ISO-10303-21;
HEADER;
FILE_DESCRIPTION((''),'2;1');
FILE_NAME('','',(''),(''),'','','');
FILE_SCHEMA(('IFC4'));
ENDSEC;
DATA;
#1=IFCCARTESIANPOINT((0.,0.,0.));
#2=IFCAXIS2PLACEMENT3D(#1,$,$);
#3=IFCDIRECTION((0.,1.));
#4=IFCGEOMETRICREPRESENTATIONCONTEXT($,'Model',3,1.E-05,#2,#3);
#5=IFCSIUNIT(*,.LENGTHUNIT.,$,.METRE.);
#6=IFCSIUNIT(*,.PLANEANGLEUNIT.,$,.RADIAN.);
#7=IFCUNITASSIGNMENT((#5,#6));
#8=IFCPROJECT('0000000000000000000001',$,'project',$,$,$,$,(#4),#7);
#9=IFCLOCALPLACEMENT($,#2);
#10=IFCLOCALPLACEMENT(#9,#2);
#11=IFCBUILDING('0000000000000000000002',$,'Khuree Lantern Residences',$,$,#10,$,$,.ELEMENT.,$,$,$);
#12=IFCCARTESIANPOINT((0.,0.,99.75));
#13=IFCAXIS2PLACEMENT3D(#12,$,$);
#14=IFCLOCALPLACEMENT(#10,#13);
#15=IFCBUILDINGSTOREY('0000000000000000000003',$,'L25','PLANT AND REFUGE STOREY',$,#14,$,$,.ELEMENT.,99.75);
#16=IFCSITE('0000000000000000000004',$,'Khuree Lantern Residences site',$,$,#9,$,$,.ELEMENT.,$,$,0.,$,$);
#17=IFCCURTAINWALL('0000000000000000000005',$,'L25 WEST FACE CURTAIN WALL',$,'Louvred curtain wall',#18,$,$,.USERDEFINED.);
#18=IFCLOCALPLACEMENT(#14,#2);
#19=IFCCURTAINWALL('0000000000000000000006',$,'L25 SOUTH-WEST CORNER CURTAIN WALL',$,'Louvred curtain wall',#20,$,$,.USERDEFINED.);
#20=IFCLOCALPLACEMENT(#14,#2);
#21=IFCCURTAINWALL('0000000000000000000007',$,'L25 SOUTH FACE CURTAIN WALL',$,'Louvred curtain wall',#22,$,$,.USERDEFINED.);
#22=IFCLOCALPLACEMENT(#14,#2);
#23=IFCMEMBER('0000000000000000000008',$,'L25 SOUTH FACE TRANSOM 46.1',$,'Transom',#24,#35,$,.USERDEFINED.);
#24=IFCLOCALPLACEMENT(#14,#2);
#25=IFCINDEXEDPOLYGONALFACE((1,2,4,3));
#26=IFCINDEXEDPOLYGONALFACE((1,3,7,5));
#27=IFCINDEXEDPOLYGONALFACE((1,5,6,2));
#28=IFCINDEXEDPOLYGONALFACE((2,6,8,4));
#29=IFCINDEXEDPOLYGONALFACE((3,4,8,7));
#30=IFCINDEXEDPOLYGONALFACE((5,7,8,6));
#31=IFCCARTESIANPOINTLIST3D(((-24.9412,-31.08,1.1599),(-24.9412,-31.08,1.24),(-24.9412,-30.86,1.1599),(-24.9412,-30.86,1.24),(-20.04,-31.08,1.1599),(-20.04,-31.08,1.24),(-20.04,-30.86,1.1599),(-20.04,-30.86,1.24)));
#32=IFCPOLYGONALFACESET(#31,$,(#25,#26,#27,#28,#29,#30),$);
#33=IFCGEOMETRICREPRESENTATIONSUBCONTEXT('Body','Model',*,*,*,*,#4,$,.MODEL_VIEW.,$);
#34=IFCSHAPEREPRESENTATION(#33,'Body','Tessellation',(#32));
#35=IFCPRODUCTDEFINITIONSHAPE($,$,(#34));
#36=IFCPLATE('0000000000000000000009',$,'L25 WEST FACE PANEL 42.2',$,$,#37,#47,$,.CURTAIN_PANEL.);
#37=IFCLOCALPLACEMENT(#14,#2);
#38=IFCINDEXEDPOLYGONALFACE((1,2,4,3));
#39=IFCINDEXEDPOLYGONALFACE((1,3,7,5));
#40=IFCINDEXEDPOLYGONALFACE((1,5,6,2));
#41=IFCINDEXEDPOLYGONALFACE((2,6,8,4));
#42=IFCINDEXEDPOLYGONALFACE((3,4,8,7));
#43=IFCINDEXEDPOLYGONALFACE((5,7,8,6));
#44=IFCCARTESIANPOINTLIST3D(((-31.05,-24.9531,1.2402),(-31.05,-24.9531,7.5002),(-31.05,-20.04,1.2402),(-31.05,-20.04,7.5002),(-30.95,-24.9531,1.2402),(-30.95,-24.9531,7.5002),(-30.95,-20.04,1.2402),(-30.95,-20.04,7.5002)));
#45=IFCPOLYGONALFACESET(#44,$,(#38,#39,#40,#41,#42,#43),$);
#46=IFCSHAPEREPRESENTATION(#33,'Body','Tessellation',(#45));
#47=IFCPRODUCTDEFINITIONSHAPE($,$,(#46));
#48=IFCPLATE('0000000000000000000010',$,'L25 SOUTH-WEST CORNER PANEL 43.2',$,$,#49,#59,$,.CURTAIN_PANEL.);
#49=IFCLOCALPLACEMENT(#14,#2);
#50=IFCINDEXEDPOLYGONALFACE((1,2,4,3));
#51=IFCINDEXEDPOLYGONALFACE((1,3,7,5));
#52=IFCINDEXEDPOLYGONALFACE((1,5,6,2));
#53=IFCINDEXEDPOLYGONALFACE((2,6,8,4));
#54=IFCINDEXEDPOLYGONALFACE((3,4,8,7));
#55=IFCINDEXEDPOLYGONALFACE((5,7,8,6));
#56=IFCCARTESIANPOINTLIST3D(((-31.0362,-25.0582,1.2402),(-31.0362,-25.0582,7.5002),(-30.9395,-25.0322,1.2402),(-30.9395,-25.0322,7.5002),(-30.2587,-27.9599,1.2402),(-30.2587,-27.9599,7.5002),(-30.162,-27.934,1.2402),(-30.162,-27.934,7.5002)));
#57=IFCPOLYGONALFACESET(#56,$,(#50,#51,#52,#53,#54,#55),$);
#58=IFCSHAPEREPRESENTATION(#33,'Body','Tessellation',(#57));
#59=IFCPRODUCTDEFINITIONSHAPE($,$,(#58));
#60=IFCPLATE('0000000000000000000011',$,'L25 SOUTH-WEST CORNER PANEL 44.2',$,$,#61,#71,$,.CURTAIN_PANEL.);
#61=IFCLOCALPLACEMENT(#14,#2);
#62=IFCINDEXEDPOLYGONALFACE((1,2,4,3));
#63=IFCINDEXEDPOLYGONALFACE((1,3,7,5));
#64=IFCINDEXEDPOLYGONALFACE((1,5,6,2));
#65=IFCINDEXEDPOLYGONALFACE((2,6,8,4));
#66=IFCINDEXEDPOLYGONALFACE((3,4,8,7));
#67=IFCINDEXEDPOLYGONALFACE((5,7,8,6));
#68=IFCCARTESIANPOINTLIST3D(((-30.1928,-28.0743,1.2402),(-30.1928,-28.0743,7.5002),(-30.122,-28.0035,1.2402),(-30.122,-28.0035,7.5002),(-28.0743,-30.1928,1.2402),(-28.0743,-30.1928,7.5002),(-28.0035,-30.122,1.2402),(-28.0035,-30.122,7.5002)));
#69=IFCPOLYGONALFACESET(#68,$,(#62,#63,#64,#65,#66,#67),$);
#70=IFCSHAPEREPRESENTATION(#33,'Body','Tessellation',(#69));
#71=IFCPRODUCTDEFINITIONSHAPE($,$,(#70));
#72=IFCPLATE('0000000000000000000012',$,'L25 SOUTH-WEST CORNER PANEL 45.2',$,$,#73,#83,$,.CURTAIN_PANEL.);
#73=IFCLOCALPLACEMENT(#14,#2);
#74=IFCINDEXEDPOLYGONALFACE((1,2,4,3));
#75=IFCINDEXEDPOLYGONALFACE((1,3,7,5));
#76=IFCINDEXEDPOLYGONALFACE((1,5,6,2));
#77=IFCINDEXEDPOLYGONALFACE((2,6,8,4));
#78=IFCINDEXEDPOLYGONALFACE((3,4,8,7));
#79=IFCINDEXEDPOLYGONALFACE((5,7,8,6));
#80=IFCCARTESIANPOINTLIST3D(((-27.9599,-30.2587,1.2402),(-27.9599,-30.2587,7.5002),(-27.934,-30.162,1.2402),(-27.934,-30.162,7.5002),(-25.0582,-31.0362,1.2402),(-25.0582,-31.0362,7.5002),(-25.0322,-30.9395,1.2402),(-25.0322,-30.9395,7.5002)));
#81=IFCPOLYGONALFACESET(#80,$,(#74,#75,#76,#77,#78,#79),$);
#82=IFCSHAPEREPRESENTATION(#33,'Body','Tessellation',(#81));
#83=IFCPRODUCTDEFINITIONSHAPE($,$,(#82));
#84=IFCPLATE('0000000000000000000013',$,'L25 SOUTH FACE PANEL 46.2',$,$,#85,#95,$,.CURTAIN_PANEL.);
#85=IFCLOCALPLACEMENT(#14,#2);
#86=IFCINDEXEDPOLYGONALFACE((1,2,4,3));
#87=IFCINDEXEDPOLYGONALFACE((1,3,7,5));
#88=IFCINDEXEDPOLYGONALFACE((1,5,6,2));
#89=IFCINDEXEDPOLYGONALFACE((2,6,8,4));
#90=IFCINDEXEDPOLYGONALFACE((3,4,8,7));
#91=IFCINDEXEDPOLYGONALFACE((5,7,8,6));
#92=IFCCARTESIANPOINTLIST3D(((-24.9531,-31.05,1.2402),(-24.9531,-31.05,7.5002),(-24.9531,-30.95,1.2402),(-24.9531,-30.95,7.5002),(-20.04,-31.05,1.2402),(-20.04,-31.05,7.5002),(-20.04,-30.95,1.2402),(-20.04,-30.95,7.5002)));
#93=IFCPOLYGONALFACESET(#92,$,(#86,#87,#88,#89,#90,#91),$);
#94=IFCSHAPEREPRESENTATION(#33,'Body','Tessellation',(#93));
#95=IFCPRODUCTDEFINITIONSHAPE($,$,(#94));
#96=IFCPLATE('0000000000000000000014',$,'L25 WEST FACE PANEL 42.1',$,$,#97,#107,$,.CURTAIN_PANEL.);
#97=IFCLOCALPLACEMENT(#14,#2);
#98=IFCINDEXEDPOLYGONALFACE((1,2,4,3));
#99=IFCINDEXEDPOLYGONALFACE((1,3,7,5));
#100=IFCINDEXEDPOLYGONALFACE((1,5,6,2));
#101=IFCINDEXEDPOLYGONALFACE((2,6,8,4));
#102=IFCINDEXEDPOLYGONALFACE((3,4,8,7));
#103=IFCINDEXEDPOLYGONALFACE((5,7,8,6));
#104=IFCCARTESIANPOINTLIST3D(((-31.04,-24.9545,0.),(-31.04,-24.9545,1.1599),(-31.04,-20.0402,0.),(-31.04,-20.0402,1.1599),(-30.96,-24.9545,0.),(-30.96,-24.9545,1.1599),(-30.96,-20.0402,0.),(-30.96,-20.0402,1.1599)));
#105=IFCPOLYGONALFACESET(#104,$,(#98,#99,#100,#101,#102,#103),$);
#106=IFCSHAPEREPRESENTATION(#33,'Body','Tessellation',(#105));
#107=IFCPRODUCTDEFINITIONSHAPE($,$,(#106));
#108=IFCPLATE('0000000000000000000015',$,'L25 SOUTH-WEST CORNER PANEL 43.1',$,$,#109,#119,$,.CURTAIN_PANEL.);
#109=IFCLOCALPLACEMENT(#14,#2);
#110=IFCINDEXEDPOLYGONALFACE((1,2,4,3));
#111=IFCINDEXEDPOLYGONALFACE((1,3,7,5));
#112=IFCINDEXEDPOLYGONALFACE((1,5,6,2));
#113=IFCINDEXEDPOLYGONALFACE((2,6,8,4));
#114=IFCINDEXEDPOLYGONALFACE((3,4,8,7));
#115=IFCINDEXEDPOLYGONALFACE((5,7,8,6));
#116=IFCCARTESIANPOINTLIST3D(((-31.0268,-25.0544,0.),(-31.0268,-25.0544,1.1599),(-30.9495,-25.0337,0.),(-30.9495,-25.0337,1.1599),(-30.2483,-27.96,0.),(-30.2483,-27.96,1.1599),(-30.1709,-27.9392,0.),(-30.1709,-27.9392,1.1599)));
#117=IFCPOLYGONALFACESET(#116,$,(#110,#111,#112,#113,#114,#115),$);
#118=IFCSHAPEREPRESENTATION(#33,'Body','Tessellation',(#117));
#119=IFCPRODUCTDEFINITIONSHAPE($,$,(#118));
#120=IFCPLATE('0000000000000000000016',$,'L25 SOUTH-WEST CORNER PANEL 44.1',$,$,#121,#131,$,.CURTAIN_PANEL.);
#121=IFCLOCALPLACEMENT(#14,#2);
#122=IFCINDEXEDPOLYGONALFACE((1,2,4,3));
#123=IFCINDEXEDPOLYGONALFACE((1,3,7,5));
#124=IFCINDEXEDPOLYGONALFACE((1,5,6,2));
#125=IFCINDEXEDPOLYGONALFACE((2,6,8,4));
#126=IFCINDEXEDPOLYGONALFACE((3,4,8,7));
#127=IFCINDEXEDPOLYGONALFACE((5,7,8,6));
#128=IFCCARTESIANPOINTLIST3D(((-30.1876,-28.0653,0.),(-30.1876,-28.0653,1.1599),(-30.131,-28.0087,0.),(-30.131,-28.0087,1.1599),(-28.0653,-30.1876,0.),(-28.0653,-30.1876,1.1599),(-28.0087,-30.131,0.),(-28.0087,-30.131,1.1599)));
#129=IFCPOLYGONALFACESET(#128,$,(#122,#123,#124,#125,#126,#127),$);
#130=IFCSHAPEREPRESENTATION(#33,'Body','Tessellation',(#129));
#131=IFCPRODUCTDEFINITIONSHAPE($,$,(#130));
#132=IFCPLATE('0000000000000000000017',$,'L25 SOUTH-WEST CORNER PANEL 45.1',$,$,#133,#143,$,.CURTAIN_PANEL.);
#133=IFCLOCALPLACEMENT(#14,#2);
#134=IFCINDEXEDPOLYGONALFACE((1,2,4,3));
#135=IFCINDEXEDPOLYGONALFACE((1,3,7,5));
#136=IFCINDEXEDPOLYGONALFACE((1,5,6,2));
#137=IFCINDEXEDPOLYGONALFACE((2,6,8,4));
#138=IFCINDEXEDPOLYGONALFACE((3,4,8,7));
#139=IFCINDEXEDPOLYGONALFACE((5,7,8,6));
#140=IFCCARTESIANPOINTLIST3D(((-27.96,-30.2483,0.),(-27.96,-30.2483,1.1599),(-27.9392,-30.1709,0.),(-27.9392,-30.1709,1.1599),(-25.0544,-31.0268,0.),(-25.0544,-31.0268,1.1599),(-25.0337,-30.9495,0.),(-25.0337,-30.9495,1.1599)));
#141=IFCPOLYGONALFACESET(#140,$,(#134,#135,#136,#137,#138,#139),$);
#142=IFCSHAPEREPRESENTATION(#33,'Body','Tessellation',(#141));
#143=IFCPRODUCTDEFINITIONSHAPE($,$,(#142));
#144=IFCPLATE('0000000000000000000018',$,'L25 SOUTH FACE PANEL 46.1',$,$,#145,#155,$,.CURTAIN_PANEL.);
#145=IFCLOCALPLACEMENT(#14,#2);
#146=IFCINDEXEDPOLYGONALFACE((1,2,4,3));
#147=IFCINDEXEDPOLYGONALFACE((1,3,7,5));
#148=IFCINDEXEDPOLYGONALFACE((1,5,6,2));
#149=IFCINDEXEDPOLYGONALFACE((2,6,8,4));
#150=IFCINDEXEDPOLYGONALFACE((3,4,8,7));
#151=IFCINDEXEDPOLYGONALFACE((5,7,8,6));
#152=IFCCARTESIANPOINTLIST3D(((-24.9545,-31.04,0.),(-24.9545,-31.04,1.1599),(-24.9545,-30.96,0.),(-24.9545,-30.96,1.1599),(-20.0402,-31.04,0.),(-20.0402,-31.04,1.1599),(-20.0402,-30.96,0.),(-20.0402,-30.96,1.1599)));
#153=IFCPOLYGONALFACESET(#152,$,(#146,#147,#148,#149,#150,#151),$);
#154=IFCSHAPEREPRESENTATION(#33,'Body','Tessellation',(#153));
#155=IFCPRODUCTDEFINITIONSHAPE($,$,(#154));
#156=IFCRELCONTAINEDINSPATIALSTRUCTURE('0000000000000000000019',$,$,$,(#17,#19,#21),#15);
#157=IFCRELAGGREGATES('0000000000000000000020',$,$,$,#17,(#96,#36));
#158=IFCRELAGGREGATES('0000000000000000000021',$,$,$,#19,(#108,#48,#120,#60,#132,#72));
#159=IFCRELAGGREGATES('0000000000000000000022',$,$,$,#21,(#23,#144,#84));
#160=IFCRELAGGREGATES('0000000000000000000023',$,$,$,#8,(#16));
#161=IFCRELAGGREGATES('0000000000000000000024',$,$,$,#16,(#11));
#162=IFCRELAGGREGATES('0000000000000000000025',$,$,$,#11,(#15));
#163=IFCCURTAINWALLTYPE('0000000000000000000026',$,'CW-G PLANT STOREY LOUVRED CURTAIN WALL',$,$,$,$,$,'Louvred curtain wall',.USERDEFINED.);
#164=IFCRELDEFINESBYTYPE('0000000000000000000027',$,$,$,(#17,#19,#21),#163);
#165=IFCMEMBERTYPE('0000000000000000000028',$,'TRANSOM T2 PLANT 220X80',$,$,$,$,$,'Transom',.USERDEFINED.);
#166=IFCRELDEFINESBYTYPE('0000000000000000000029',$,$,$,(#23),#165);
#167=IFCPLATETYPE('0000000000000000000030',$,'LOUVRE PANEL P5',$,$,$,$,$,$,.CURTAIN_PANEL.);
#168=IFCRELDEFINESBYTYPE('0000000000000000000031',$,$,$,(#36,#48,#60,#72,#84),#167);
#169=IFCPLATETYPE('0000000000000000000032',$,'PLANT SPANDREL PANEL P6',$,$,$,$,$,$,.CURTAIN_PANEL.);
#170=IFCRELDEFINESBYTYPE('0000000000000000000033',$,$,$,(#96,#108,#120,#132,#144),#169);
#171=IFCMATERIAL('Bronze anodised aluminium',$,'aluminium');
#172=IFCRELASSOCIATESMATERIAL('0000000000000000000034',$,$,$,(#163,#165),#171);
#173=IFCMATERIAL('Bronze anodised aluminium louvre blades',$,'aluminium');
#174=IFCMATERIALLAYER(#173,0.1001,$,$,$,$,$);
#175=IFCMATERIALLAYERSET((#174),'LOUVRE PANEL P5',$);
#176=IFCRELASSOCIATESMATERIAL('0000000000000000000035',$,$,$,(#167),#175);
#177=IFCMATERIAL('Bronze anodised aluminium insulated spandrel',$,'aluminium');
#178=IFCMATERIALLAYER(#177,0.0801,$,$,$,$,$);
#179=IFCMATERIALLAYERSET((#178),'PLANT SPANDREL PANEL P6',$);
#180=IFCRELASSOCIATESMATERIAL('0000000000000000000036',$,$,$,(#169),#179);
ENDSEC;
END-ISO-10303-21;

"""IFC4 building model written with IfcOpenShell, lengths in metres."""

from ifc_helpers import new_model, si_unit, direction, frame, origin, origin_2d, place, context, subcontext, project, spatial, rectangle, extrude, material, layer, layer_set, material_profile, profile_set, type_object, element, aggregate, save


model = new_model("IFC4")

# Units and contexts
model_context = context("Model", 3, precision=1e-05, world=origin(), true_north=direction((0.0, 1.0)))
body_context = subcontext(model_context, "Body", "Model", "MODEL_VIEW")
ifc_project = project(units=[si_unit("LENGTHUNIT", "METRE"), si_unit("PLANEANGLEUNIT", "RADIAN")], contexts=[model_context])

# Site, building, storey
site_placement = place(None, origin())
site = spatial("IfcSite", under=ifc_project, at=site_placement, Name="Khuree Lantern Residences site", CompositionType="ELEMENT", RefElevation=0.0)
building_placement = place(site_placement, origin())
building = spatial("IfcBuilding", under=site, at=building_placement, Name="Khuree Lantern Residences", CompositionType="ELEMENT")
storey_placement = place(building_placement, frame((0.0, 0.0, 99.75)))
storey = spatial("IfcBuildingStorey", under=building, at=storey_placement, Name="L25", Description="PLANT AND REFUGE STOREY", CompositionType="ELEMENT", Elevation=99.75)

# Curtain walls
ifc_material_1 = material(Name="Bronze anodised aluminium", Category="aluminium")
curtain_wall_type = type_object("IfcCurtainWallType", Name="CW-G PLANT STOREY LOUVRED CURTAIN WALL", ElementType="Louvred curtain wall", PredefinedType="USERDEFINED", material=ifc_material_1)
curtain_wall_1_placement = place(storey_placement, origin())
curtain_wall_1 = element("IfcCurtainWall", 1, at=curtain_wall_1_placement, inside=storey, type_object=curtain_wall_type, Name="L25 WEST FACE CURTAIN WALL", ObjectType="Louvred curtain wall", PredefinedType="USERDEFINED")
curtain_wall_2_placement = place(storey_placement, origin())
curtain_wall_2 = element("IfcCurtainWall", 2, at=curtain_wall_2_placement, inside=storey, type_object=curtain_wall_type, Name="L25 SOUTH-WEST CORNER CURTAIN WALL", ObjectType="Louvred curtain wall", PredefinedType="USERDEFINED")

# Curtain wall
curtain_wall_3_placement = place(storey_placement, origin())
curtain_wall_3 = element("IfcCurtainWall", 3, at=curtain_wall_3_placement, inside=storey, type_object=curtain_wall_type, Name="L25 SOUTH FACE CURTAIN WALL", ObjectType="Louvred curtain wall", PredefinedType="USERDEFINED")

# Member
ifc_material_profile_1 = material_profile(ifc_material_1, rectangle(XDim=0.22, YDim=0.0801, at=origin_2d()), Name="T2 220X80")
ifc_profile_set_1 = profile_set([ifc_material_profile_1], Name="Bronze anodised aluminium")
member_type_1 = type_object("IfcMemberType", Name="TRANSOM T2 PLANT 220X80", ElementType="Transom", PredefinedType="USERDEFINED", material=ifc_profile_set_1)
member_1_placement = place(storey_placement, frame((-24.9412, -30.97, 1.2), z_axis=(1.0, 0.0, 0.0), x_axis=(0.0, 1.0, 0.0)))
member_1 = element("IfcMember", 4, at=member_1_placement, type_object=member_type_1, Name="L25 SOUTH FACE TRANSOM 46.1", ObjectType="Transom", PredefinedType="USERDEFINED", context=body_context, shape_type="SweptSolid", body=[
    extrude(rectangle(XDim=0.22, YDim=0.0801, at=origin_2d()), origin(), (0.0, 0.0, 1.0), 4.9011),
])

# Plates
ifc_material_2 = material(Name="Bronze anodised aluminium louvre blades", Category="aluminium")
ifc_layer_1 = layer(ifc_material_2, 0.1001)
ifc_layer_set_1 = layer_set([ifc_layer_1], Name="LOUVRE PANEL P5")
plate_type_1 = type_object("IfcPlateType", Name="LOUVRE PANEL P5", PredefinedType="CURTAIN_PANEL", material=ifc_layer_set_1)
plate_1_placement = place(storey_placement, frame((-31.0, -22.4966, 1.2402), z_axis=(0.0, 0.0, 1.0), x_axis=(0.0, -1.0, 0.0)))
plate_1 = element("IfcPlate", 5, at=plate_1_placement, type_object=plate_type_1, Name="L25 WEST FACE PANEL 42.2", PredefinedType="CURTAIN_PANEL", context=body_context, shape_type="SweptSolid", body=[
    extrude(rectangle(XDim=4.9131, YDim=0.1001, at=origin_2d()), origin(), (0.0, 0.0, 1.0), 6.26),
])
plate_2_placement = place(storey_placement, frame((-30.5991, -26.4961, 1.2402), z_axis=(0.0, 0.0, 1.0), x_axis=(0.258819, -0.965926, 0.0)))
plate_2 = element("IfcPlate", 6, at=plate_2_placement, type_object=plate_type_1, Name="L25 SOUTH-WEST CORNER PANEL 43.2", PredefinedType="CURTAIN_PANEL", context=body_context, shape_type="SweptSolid", body=[
    extrude(rectangle(XDim=3.0042, YDim=0.1001, at=origin_2d()), origin(), (0.0, 0.0, 1.0), 6.26),
])
plate_3_placement = place(storey_placement, frame((-29.0981, -29.0981, 1.2402), z_axis=(0.0, 0.0, 1.0), x_axis=(0.707107, -0.707107, 0.0)))
plate_3 = element("IfcPlate", 7, at=plate_3_placement, type_object=plate_type_1, Name="L25 SOUTH-WEST CORNER PANEL 44.2", PredefinedType="CURTAIN_PANEL", context=body_context, shape_type="SweptSolid", body=[
    extrude(rectangle(XDim=2.9961, YDim=0.1001, at=origin_2d()), origin(), (0.0, 0.0, 1.0), 6.26),
])
plate_4_placement = place(storey_placement, frame((-26.4961, -30.5991, 1.2402), z_axis=(0.0, 0.0, 1.0), x_axis=(0.965926, -0.258819, 0.0)))
plate_4 = element("IfcPlate", 8, at=plate_4_placement, type_object=plate_type_1, Name="L25 SOUTH-WEST CORNER PANEL 45.2", PredefinedType="CURTAIN_PANEL", context=body_context, shape_type="SweptSolid", body=[
    extrude(rectangle(XDim=3.0042, YDim=0.1001, at=origin_2d()), origin(), (0.0, 0.0, 1.0), 6.26),
])
plate_5_placement = place(storey_placement, frame((-22.4966, -31.0, 1.2402), z_axis=(0.0, 0.0, 1.0), x_axis=(1.0, 0.0, 0.0)))
plate_5 = element("IfcPlate", 9, at=plate_5_placement, type_object=plate_type_1, Name="L25 SOUTH FACE PANEL 46.2", PredefinedType="CURTAIN_PANEL", context=body_context, shape_type="SweptSolid", body=[
    extrude(rectangle(XDim=4.9131, YDim=0.1001, at=origin_2d()), origin(), (0.0, 0.0, 1.0), 6.26),
])
ifc_material_3 = material(Name="Bronze anodised aluminium insulated spandrel", Category="aluminium")
ifc_layer_2 = layer(ifc_material_3, 0.0801)
ifc_layer_set_2 = layer_set([ifc_layer_2], Name="PLANT SPANDREL PANEL P6")
plate_type_2 = type_object("IfcPlateType", Name="PLANT SPANDREL PANEL P6", PredefinedType="CURTAIN_PANEL", material=ifc_layer_set_2)
plate_6_placement = place(storey_placement, frame((-31.0, -22.4973, 0.0), z_axis=(0.0, 0.0, 1.0), x_axis=(0.0, -1.0, 0.0)))
plate_6 = element("IfcPlate", 10, at=plate_6_placement, type_object=plate_type_2, Name="L25 WEST FACE PANEL 42.1", PredefinedType="CURTAIN_PANEL", context=body_context, shape_type="SweptSolid", body=[
    extrude(rectangle(XDim=4.9143, YDim=0.0801, at=origin_2d()), origin(), (0.0, 0.0, 1.0), 1.1599),
])
aggregate(curtain_wall_1, [plate_6, plate_1])
plate_7_placement = place(storey_placement, frame((-30.5989, -26.4968, 0.0), z_axis=(0.0, 0.0, 1.0), x_axis=(0.258819, -0.965926, 0.0)))
plate_7 = element("IfcPlate", 11, at=plate_7_placement, type_object=plate_type_2, Name="L25 SOUTH-WEST CORNER PANEL 43.1", PredefinedType="CURTAIN_PANEL", context=body_context, shape_type="SweptSolid", body=[
    extrude(rectangle(XDim=3.0081, YDim=0.0801, at=origin_2d()), origin(), (0.0, 0.0, 1.0), 1.1599),
])
plate_8_placement = place(storey_placement, frame((-29.0981, -29.0981, 0.0), z_axis=(0.0, 0.0, 1.0), x_axis=(0.707107, -0.707107, 0.0)))
plate_8 = element("IfcPlate", 12, at=plate_8_placement, type_object=plate_type_2, Name="L25 SOUTH-WEST CORNER PANEL 44.1", PredefinedType="CURTAIN_PANEL", context=body_context, shape_type="SweptSolid", body=[
    extrude(rectangle(XDim=3.0015, YDim=0.0801, at=origin_2d()), origin(), (0.0, 0.0, 1.0), 1.1599),
])
plate_9_placement = place(storey_placement, frame((-26.4968, -30.5989, 0.0), z_axis=(0.0, 0.0, 1.0), x_axis=(0.965926, -0.258819, 0.0)))
plate_9 = element("IfcPlate", 13, at=plate_9_placement, type_object=plate_type_2, Name="L25 SOUTH-WEST CORNER PANEL 45.1", PredefinedType="CURTAIN_PANEL", context=body_context, shape_type="SweptSolid", body=[
    extrude(rectangle(XDim=3.0081, YDim=0.0801, at=origin_2d()), origin(), (0.0, 0.0, 1.0), 1.1599),
])
aggregate(curtain_wall_2, [plate_7, plate_2, plate_8, plate_3, plate_9, plate_4])
plate_10_placement = place(storey_placement, frame((-22.4973, -31.0, 0.0), z_axis=(0.0, 0.0, 1.0), x_axis=(1.0, 0.0, 0.0)))
plate_10 = element("IfcPlate", 14, at=plate_10_placement, type_object=plate_type_2, Name="L25 SOUTH FACE PANEL 46.1", PredefinedType="CURTAIN_PANEL", context=body_context, shape_type="SweptSolid", body=[
    extrude(rectangle(XDim=4.9143, YDim=0.0801, at=origin_2d()), origin(), (0.0, 0.0, 1.0), 1.1599),
])
aggregate(curtain_wall_3, [member_1, plate_10, plate_5])

save(model, "model.ifc")
